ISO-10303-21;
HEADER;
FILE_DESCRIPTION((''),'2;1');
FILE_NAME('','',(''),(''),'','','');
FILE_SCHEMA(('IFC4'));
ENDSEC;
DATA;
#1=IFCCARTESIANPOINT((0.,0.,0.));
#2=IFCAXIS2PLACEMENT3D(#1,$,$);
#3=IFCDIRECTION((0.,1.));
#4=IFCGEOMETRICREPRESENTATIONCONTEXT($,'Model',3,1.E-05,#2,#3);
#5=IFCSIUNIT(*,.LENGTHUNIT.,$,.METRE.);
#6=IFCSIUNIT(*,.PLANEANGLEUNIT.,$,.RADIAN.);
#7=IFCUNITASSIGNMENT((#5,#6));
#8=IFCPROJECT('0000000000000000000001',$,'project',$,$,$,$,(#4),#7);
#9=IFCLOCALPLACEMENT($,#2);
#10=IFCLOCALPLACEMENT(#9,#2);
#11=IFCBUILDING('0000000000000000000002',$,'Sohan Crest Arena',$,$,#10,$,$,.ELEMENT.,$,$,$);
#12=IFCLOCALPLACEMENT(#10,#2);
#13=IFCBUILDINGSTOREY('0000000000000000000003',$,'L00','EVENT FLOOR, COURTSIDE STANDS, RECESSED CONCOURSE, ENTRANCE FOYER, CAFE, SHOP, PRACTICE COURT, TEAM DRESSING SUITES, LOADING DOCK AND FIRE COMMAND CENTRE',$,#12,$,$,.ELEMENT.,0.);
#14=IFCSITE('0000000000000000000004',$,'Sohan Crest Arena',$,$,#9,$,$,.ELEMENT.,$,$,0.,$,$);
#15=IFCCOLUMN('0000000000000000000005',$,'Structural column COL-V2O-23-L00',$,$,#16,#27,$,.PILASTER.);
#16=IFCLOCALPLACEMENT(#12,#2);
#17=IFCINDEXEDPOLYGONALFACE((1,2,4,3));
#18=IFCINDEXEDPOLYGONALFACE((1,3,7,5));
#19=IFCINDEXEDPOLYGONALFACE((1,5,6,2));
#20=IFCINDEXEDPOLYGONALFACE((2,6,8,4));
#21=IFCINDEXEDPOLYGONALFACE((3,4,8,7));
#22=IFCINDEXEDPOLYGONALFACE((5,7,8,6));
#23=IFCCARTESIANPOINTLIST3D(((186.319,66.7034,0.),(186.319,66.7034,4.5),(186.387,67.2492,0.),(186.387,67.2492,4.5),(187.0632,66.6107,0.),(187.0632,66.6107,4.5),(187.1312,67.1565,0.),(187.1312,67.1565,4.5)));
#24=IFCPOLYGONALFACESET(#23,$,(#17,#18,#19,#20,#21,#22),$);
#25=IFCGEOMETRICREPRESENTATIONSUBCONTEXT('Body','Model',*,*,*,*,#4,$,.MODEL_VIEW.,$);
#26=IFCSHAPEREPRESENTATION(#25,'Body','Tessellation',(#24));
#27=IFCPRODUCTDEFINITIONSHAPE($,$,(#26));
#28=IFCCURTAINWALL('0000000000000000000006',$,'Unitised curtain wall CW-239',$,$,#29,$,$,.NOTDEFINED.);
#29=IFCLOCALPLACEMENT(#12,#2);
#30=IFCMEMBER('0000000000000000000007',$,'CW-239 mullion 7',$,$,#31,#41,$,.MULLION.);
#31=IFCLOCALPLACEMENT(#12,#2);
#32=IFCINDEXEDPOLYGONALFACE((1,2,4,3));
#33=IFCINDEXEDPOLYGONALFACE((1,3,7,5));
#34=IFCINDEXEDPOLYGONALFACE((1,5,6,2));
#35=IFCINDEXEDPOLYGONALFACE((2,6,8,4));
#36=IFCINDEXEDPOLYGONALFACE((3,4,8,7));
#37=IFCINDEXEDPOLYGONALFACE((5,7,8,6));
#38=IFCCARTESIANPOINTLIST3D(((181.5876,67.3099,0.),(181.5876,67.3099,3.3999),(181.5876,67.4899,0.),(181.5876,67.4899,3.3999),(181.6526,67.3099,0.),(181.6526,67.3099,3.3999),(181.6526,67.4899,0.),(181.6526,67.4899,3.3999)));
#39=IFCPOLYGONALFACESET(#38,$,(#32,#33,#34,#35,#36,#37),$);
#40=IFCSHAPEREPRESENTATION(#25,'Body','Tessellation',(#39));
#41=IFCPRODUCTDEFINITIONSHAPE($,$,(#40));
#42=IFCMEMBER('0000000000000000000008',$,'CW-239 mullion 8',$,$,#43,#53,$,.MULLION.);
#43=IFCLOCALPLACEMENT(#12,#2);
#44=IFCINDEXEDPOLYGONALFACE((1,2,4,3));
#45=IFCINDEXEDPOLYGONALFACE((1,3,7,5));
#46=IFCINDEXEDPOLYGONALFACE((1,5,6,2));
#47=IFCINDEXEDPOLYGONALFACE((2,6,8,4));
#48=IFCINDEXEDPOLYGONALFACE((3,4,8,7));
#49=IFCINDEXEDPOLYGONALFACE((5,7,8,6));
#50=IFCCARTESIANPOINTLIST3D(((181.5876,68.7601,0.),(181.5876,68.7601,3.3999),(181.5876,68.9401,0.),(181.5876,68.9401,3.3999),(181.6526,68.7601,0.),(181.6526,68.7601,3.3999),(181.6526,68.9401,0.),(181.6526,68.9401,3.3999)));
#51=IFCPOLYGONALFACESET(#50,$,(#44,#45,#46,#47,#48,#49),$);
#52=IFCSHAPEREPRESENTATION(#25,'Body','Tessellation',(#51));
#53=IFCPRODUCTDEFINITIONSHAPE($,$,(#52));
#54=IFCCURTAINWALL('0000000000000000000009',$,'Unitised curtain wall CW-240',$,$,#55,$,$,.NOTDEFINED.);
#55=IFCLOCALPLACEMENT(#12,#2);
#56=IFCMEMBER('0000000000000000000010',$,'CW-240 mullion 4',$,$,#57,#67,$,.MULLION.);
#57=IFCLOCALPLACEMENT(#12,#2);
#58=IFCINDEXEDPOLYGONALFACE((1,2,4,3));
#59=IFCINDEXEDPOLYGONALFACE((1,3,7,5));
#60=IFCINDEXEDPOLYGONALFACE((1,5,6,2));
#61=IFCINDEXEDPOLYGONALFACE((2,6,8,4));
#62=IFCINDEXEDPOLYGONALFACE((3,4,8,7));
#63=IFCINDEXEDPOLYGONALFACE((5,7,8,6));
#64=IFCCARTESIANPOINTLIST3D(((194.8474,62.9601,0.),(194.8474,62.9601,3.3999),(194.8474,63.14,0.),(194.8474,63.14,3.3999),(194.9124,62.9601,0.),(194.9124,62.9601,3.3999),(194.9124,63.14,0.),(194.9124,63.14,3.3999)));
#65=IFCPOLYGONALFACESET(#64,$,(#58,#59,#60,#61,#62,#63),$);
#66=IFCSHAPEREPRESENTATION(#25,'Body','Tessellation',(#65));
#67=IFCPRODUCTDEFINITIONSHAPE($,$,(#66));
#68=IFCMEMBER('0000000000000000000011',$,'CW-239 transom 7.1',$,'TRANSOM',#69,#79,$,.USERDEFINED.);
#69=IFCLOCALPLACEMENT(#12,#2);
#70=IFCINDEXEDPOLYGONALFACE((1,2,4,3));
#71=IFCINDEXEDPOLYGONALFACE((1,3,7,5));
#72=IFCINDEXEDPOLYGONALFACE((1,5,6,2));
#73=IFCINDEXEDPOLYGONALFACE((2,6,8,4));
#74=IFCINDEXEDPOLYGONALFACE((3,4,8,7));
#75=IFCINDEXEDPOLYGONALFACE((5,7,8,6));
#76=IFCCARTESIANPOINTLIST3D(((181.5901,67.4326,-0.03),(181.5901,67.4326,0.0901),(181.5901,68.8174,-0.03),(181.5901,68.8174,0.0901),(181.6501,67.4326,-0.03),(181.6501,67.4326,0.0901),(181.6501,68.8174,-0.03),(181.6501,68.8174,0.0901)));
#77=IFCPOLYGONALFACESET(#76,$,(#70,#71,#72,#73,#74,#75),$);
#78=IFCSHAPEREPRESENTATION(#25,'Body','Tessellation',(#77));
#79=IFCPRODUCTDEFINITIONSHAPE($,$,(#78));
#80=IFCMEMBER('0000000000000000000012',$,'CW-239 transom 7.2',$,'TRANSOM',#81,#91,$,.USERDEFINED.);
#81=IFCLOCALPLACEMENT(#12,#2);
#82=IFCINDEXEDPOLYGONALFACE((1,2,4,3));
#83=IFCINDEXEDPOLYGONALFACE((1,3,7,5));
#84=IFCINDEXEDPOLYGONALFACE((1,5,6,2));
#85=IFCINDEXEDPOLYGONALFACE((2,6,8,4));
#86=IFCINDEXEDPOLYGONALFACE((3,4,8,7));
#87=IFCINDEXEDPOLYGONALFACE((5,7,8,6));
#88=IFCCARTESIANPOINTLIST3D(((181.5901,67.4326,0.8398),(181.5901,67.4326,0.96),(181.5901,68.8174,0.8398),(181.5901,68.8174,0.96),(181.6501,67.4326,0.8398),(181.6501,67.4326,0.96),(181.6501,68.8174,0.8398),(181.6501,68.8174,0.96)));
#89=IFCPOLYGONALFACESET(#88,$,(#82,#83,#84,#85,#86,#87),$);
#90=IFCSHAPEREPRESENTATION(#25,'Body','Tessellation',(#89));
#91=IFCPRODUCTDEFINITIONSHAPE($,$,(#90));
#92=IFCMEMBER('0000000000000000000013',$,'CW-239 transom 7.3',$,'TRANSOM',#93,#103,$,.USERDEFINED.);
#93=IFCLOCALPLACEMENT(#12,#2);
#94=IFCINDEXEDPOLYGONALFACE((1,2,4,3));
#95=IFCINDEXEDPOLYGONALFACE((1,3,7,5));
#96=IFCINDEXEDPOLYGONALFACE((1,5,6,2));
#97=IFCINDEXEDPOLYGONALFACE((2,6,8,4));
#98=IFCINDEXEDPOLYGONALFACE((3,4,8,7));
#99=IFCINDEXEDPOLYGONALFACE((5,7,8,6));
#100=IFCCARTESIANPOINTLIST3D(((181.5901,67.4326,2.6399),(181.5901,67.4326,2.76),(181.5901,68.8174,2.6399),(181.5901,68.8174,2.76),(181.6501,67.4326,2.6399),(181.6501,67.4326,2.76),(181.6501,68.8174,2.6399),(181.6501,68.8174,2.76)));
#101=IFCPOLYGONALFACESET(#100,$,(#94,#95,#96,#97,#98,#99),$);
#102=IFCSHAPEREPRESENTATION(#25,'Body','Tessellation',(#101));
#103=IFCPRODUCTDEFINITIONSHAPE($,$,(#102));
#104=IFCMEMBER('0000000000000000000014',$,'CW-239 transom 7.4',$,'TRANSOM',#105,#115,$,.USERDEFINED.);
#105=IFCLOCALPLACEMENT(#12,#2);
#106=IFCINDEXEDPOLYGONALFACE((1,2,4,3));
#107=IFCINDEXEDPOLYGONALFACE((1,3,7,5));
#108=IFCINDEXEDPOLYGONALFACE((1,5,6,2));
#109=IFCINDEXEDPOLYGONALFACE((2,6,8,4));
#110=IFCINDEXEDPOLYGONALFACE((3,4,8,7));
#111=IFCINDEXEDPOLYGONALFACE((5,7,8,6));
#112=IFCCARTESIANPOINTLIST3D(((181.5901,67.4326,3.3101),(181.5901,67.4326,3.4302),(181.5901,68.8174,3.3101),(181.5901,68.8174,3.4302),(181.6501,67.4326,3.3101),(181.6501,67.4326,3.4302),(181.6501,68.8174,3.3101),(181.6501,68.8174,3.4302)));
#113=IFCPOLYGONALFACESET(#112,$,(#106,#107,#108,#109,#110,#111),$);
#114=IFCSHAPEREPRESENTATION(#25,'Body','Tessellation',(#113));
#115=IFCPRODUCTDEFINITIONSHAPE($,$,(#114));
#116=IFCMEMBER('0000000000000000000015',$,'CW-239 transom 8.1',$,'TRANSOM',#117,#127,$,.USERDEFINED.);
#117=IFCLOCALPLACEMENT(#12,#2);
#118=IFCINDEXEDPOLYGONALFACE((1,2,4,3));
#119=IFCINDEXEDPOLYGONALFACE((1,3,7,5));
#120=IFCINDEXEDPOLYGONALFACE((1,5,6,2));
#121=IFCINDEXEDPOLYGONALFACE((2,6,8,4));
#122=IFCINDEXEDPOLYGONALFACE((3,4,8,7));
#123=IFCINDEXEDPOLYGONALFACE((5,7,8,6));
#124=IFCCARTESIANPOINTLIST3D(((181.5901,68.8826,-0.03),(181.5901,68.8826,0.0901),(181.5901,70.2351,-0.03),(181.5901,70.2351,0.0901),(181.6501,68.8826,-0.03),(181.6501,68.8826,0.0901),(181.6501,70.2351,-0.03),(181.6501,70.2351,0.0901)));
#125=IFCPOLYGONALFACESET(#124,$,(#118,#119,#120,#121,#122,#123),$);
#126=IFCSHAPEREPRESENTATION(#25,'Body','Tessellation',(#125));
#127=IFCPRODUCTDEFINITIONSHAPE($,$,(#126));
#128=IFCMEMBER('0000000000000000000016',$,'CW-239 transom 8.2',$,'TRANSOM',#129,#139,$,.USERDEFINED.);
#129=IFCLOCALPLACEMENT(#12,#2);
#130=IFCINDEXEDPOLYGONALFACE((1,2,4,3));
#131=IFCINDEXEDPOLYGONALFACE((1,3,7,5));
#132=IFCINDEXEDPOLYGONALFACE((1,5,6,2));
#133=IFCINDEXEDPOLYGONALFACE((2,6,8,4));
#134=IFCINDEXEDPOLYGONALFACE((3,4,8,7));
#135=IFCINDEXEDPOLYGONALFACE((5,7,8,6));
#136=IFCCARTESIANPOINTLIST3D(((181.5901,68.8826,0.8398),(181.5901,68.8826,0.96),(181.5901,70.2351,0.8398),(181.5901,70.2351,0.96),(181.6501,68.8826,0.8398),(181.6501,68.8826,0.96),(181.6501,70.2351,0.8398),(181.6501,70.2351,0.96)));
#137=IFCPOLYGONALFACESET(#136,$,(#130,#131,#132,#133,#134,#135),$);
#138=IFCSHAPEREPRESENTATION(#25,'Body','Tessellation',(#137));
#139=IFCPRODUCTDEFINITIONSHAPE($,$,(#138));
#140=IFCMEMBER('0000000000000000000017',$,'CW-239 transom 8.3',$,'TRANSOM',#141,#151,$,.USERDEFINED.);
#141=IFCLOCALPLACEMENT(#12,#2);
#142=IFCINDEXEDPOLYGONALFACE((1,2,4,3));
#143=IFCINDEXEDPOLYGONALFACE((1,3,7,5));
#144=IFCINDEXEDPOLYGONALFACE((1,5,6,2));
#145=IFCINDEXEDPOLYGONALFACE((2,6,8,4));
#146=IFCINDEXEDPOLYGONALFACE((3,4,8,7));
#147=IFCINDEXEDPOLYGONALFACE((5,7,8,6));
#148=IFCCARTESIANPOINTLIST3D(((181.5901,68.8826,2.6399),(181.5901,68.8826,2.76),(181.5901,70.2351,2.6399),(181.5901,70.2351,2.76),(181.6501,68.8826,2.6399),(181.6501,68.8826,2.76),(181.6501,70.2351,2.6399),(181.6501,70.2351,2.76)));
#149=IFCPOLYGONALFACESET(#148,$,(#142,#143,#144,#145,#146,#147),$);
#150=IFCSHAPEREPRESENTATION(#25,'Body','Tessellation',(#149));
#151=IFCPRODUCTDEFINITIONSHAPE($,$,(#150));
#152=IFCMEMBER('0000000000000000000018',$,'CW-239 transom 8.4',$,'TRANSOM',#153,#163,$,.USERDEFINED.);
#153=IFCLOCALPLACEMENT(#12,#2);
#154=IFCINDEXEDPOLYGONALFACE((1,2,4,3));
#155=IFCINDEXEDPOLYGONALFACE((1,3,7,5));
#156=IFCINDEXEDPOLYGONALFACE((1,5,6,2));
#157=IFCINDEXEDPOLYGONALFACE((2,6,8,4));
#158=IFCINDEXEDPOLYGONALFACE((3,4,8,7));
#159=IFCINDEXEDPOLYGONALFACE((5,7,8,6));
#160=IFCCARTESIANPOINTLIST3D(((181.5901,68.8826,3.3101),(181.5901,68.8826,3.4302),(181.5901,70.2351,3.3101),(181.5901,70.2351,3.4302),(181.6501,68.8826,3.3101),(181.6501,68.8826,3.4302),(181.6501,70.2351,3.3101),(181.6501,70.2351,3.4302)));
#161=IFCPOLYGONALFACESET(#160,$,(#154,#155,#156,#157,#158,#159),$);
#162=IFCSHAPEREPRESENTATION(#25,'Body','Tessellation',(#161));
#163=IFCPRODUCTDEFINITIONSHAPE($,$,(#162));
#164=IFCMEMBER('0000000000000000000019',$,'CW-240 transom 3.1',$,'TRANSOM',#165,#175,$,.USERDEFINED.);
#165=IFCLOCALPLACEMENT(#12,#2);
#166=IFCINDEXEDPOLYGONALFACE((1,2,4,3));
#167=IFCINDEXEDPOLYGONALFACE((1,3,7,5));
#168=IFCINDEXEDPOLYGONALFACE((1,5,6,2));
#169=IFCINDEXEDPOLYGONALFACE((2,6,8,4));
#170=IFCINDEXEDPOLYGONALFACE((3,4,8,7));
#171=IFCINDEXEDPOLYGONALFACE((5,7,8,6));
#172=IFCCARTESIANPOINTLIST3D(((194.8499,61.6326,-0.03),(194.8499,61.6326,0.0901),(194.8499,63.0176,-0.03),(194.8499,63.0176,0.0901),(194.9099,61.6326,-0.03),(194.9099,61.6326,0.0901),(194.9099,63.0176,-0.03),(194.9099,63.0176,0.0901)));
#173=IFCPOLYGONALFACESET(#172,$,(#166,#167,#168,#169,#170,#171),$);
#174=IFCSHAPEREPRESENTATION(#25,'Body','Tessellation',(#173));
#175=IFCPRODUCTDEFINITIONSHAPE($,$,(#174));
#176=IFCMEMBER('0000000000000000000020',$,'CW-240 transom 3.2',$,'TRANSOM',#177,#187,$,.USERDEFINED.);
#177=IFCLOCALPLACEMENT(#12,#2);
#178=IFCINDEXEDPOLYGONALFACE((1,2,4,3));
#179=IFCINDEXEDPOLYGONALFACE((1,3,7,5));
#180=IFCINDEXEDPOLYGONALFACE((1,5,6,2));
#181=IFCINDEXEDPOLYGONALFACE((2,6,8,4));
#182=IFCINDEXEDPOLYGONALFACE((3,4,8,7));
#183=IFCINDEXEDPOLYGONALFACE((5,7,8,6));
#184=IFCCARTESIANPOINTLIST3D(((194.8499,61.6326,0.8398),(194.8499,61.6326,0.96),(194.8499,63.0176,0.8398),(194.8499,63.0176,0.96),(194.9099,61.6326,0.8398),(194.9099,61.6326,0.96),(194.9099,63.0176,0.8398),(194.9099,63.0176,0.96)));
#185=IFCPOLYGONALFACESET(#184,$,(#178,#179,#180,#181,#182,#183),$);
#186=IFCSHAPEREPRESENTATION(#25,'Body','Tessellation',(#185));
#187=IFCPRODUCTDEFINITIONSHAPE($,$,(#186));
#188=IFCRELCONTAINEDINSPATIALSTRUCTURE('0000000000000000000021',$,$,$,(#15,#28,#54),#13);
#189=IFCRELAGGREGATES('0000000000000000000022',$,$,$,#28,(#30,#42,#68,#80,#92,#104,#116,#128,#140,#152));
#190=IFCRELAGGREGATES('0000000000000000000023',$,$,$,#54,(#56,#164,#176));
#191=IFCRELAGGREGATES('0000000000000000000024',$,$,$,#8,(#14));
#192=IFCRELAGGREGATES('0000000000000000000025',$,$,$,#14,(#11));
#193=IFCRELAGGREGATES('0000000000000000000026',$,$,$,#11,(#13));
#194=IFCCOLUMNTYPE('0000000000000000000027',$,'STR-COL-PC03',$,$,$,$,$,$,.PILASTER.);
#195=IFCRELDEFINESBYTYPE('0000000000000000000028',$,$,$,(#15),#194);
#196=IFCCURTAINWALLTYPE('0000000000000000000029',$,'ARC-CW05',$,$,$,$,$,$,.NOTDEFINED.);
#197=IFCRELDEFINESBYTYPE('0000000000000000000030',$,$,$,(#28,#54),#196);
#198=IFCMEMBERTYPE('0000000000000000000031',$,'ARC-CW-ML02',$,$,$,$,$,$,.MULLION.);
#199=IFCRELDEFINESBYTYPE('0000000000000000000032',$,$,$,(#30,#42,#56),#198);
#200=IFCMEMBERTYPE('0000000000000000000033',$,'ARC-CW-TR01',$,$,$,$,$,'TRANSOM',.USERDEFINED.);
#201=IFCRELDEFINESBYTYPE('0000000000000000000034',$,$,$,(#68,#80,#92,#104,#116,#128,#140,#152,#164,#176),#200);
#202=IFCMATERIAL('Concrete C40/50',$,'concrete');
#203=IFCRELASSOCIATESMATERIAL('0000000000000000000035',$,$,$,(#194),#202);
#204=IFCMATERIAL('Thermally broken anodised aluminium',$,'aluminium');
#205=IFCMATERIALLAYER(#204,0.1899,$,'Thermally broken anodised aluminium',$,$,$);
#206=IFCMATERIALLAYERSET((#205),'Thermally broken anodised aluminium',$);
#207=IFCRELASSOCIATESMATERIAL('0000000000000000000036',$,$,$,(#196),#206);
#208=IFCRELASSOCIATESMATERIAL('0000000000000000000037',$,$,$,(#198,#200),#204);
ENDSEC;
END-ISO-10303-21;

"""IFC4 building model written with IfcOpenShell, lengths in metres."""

from ifc_helpers import new_model, si_unit, direction, frame, origin, origin_2d, place, context, subcontext, project, spatial, rectangle, extrude, material, layer, layer_set, material_profile, profile_set, type_object, element, aggregate, save


model = new_model("IFC4")

# Units and contexts
model_context = context("Model", 3, precision=1e-05, world=origin(), true_north=direction((0.0, 1.0)))
body_context = subcontext(model_context, "Body", "Model", "MODEL_VIEW")
ifc_project = project(units=[si_unit("LENGTHUNIT", "METRE"), si_unit("PLANEANGLEUNIT", "RADIAN")], contexts=[model_context])

# Site, building, storey
site_placement = place(None, origin())
site = spatial("IfcSite", under=ifc_project, at=site_placement, Name="Sohan Crest Arena", CompositionType="ELEMENT", RefElevation=0.0)
building_placement = place(site_placement, origin())
building = spatial("IfcBuilding", under=site, at=building_placement, Name="Sohan Crest Arena", CompositionType="ELEMENT")
storey_placement = place(building_placement, origin())
storey = spatial("IfcBuildingStorey", under=building, at=storey_placement, Name="L00", Description="EVENT FLOOR, COURTSIDE STANDS, RECESSED CONCOURSE, ENTRANCE FOYER, CAFE, SHOP, PRACTICE COURT, TEAM DRESSING SUITES, LOADING DOCK AND FIRE COMMAND CENTRE", CompositionType="ELEMENT", Elevation=0.0)

# Column
ifc_material_1 = material(Name="Concrete C40/50", Category="concrete")
ifc_material_profile_1 = material_profile(ifc_material_1, rectangle(XDim=0.75, YDim=0.55, at=origin_2d()), Name="RC 750x550")
ifc_profile_set_1 = profile_set([ifc_material_profile_1], Name="Concrete C40/50")
column_type = type_object("IfcColumnType", Name="STR-COL-PC03", PredefinedType="PILASTER", material=ifc_profile_set_1)
column_placement = place(storey_placement, frame((186.7251, 66.9299, 0.0), z_axis=(0.0, 0.0, 1.0), x_axis=(-0.992332, 0.123601, 0.0)))
element("IfcColumn", 1, at=column_placement, inside=storey, type_object=column_type, Name="Structural column COL-V2O-23-L00", PredefinedType="PILASTER", context=body_context, shape_type="SweptSolid", body=[
    extrude(rectangle(XDim=0.75, YDim=0.55, at=origin_2d()), origin(), (0.0, 0.0, 1.0), 4.5),
])

# Curtain wall, members
ifc_material_2 = material(Name="Thermally broken anodised aluminium", Category="aluminium")
ifc_layer_1 = layer(ifc_material_2, 0.1899, Name="Thermally broken anodised aluminium")
ifc_layer_set_1 = layer_set([ifc_layer_1], Name="Thermally broken anodised aluminium")
curtain_wall_type = type_object("IfcCurtainWallType", Name="ARC-CW05", PredefinedType="NOTDEFINED", material=ifc_layer_set_1)
curtain_wall_1_placement = place(storey_placement, origin())
curtain_wall_1 = element("IfcCurtainWall", 2, at=curtain_wall_1_placement, inside=storey, type_object=curtain_wall_type, Name="Unitised curtain wall CW-239", PredefinedType="NOTDEFINED")
ifc_material_profile_2 = material_profile(ifc_material_2, rectangle(XDim=0.0649, YDim=0.1799, at=origin_2d()), Name="ALU-MULL 65x180")
ifc_profile_set_2 = profile_set([ifc_material_profile_2], Name="Thermally broken anodised aluminium")
member_type_1 = type_object("IfcMemberType", Name="ARC-CW-ML02", PredefinedType="MULLION", material=ifc_profile_set_2)
member_1_placement = place(storey_placement, frame((181.6201, 67.3999, 0.0), z_axis=(0.0, 0.0, 1.0), x_axis=(-1.0, 0.0, 0.0)))
member_1 = element("IfcMember", 3, at=member_1_placement, type_object=member_type_1, Name="CW-239 mullion 7", PredefinedType="MULLION", context=body_context, shape_type="SweptSolid", body=[
    extrude(rectangle(XDim=0.0649, YDim=0.1799, at=origin_2d()), origin(), (0.0, 0.0, 1.0), 3.3999),
])
member_2_placement = place(storey_placement, frame((181.6201, 68.8501, 0.0), z_axis=(0.0, 0.0, 1.0), x_axis=(-1.0, 0.0, 0.0)))
member_2 = element("IfcMember", 4, at=member_2_placement, type_object=member_type_1, Name="CW-239 mullion 8", PredefinedType="MULLION", context=body_context, shape_type="SweptSolid", body=[
    extrude(rectangle(XDim=0.0649, YDim=0.1799, at=origin_2d()), origin(), (0.0, 0.0, 1.0), 3.3999),
])

# Curtain wall, member
curtain_wall_2_placement = place(storey_placement, origin())
curtain_wall_2 = element("IfcCurtainWall", 5, at=curtain_wall_2_placement, inside=storey, type_object=curtain_wall_type, Name="Unitised curtain wall CW-240", PredefinedType="NOTDEFINED")
member_3_placement = place(storey_placement, frame((194.8799, 63.05, 0.0), z_axis=(0.0, 0.0, 1.0), x_axis=(-1.0, 0.0, 0.0)))
member_3 = element("IfcMember", 6, at=member_3_placement, type_object=member_type_1, Name="CW-240 mullion 4", PredefinedType="MULLION", context=body_context, shape_type="SweptSolid", body=[
    extrude(rectangle(XDim=0.0649, YDim=0.1799, at=origin_2d()), origin(), (0.0, 0.0, 1.0), 3.3999),
])

# Members
ifc_material_profile_3 = material_profile(ifc_material_2, rectangle(XDim=0.0601, YDim=0.1201, at=origin_2d()), Name="ALU-TRAN 60x120")
ifc_profile_set_3 = profile_set([ifc_material_profile_3], Name="Thermally broken anodised aluminium")
member_type_2 = type_object("IfcMemberType", Name="ARC-CW-TR01", ElementType="TRANSOM", PredefinedType="USERDEFINED", material=ifc_profile_set_3)
member_4_placement = place(storey_placement, frame((181.6201, 67.4326, 0.03), z_axis=(0.0, 1.0, 0.0), x_axis=(-1.0, 0.0, 0.0)))
member_4 = element("IfcMember", 7, at=member_4_placement, type_object=member_type_2, Name="CW-239 transom 7.1", ObjectType="TRANSOM", PredefinedType="USERDEFINED", context=body_context, shape_type="SweptSolid", body=[
    extrude(rectangle(XDim=0.0601, YDim=0.1201, at=origin_2d()), origin(), (0.0, 0.0, 1.0), 1.3848),
])
member_5_placement = place(storey_placement, frame((181.6201, 67.4326, 0.8999), z_axis=(0.0, 1.0, 0.0), x_axis=(-1.0, 0.0, 0.0)))
member_5 = element("IfcMember", 8, at=member_5_placement, type_object=member_type_2, Name="CW-239 transom 7.2", ObjectType="TRANSOM", PredefinedType="USERDEFINED", context=body_context, shape_type="SweptSolid", body=[
    extrude(rectangle(XDim=0.0601, YDim=0.1201, at=origin_2d()), origin(), (0.0, 0.0, 1.0), 1.3848),
])
member_6_placement = place(storey_placement, frame((181.6201, 67.4326, 2.7), z_axis=(0.0, 1.0, 0.0), x_axis=(-1.0, 0.0, 0.0)))
member_6 = element("IfcMember", 9, at=member_6_placement, type_object=member_type_2, Name="CW-239 transom 7.3", ObjectType="TRANSOM", PredefinedType="USERDEFINED", context=body_context, shape_type="SweptSolid", body=[
    extrude(rectangle(XDim=0.0601, YDim=0.1201, at=origin_2d()), origin(), (0.0, 0.0, 1.0), 1.3848),
])
member_7_placement = place(storey_placement, frame((181.6201, 67.4326, 3.3701), z_axis=(0.0, 1.0, 0.0), x_axis=(-1.0, 0.0, 0.0)))
member_7 = element("IfcMember", 10, at=member_7_placement, type_object=member_type_2, Name="CW-239 transom 7.4", ObjectType="TRANSOM", PredefinedType="USERDEFINED", context=body_context, shape_type="SweptSolid", body=[
    extrude(rectangle(XDim=0.0601, YDim=0.1201, at=origin_2d()), origin(), (0.0, 0.0, 1.0), 1.3848),
])
member_8_placement = place(storey_placement, frame((181.6201, 68.8826, 0.03), z_axis=(0.0, 1.0, 0.0), x_axis=(-1.0, 0.0, 0.0)))
member_8 = element("IfcMember", 11, at=member_8_placement, type_object=member_type_2, Name="CW-239 transom 8.1", ObjectType="TRANSOM", PredefinedType="USERDEFINED", context=body_context, shape_type="SweptSolid", body=[
    extrude(rectangle(XDim=0.0601, YDim=0.1201, at=origin_2d()), origin(), (0.0, 0.0, 1.0), 1.3525),
])
member_9_placement = place(storey_placement, frame((181.6201, 68.8826, 0.8999), z_axis=(0.0, 1.0, 0.0), x_axis=(-1.0, 0.0, 0.0)))
member_9 = element("IfcMember", 12, at=member_9_placement, type_object=member_type_2, Name="CW-239 transom 8.2", ObjectType="TRANSOM", PredefinedType="USERDEFINED", context=body_context, shape_type="SweptSolid", body=[
    extrude(rectangle(XDim=0.0601, YDim=0.1201, at=origin_2d()), origin(), (0.0, 0.0, 1.0), 1.3525),
])
member_10_placement = place(storey_placement, frame((181.6201, 68.8826, 2.7), z_axis=(0.0, 1.0, 0.0), x_axis=(-1.0, 0.0, 0.0)))
member_10 = element("IfcMember", 13, at=member_10_placement, type_object=member_type_2, Name="CW-239 transom 8.3", ObjectType="TRANSOM", PredefinedType="USERDEFINED", context=body_context, shape_type="SweptSolid", body=[
    extrude(rectangle(XDim=0.0601, YDim=0.1201, at=origin_2d()), origin(), (0.0, 0.0, 1.0), 1.3525),
])
member_11_placement = place(storey_placement, frame((181.6201, 68.8826, 3.3701), z_axis=(0.0, 1.0, 0.0), x_axis=(-1.0, 0.0, 0.0)))
member_11 = element("IfcMember", 14, at=member_11_placement, type_object=member_type_2, Name="CW-239 transom 8.4", ObjectType="TRANSOM", PredefinedType="USERDEFINED", context=body_context, shape_type="SweptSolid", body=[
    extrude(rectangle(XDim=0.0601, YDim=0.1201, at=origin_2d()), origin(), (0.0, 0.0, 1.0), 1.3525),
])
member_12_placement = place(storey_placement, frame((194.8799, 61.6326, 0.03), z_axis=(0.0, 1.0, 0.0), x_axis=(-1.0, 0.0, 0.0)))
member_12 = element("IfcMember", 15, at=member_12_placement, type_object=member_type_2, Name="CW-240 transom 3.1", ObjectType="TRANSOM", PredefinedType="USERDEFINED", context=body_context, shape_type="SweptSolid", body=[
    extrude(rectangle(XDim=0.0601, YDim=0.1201, at=origin_2d()), origin(), (0.0, 0.0, 1.0), 1.385),
])
member_13_placement = place(storey_placement, frame((194.8799, 61.6326, 0.8999), z_axis=(0.0, 1.0, 0.0), x_axis=(-1.0, 0.0, 0.0)))
member_13 = element("IfcMember", 16, at=member_13_placement, type_object=member_type_2, Name="CW-240 transom 3.2", ObjectType="TRANSOM", PredefinedType="USERDEFINED", context=body_context, shape_type="SweptSolid", body=[
    extrude(rectangle(XDim=0.0601, YDim=0.1201, at=origin_2d()), origin(), (0.0, 0.0, 1.0), 1.385),
])

aggregate(curtain_wall_1, [member_1, member_2, member_4, member_5, member_6, member_7, member_8, member_9, member_10, member_11])
aggregate(curtain_wall_2, [member_3, member_12, member_13])

save(model, "model.ifc")
